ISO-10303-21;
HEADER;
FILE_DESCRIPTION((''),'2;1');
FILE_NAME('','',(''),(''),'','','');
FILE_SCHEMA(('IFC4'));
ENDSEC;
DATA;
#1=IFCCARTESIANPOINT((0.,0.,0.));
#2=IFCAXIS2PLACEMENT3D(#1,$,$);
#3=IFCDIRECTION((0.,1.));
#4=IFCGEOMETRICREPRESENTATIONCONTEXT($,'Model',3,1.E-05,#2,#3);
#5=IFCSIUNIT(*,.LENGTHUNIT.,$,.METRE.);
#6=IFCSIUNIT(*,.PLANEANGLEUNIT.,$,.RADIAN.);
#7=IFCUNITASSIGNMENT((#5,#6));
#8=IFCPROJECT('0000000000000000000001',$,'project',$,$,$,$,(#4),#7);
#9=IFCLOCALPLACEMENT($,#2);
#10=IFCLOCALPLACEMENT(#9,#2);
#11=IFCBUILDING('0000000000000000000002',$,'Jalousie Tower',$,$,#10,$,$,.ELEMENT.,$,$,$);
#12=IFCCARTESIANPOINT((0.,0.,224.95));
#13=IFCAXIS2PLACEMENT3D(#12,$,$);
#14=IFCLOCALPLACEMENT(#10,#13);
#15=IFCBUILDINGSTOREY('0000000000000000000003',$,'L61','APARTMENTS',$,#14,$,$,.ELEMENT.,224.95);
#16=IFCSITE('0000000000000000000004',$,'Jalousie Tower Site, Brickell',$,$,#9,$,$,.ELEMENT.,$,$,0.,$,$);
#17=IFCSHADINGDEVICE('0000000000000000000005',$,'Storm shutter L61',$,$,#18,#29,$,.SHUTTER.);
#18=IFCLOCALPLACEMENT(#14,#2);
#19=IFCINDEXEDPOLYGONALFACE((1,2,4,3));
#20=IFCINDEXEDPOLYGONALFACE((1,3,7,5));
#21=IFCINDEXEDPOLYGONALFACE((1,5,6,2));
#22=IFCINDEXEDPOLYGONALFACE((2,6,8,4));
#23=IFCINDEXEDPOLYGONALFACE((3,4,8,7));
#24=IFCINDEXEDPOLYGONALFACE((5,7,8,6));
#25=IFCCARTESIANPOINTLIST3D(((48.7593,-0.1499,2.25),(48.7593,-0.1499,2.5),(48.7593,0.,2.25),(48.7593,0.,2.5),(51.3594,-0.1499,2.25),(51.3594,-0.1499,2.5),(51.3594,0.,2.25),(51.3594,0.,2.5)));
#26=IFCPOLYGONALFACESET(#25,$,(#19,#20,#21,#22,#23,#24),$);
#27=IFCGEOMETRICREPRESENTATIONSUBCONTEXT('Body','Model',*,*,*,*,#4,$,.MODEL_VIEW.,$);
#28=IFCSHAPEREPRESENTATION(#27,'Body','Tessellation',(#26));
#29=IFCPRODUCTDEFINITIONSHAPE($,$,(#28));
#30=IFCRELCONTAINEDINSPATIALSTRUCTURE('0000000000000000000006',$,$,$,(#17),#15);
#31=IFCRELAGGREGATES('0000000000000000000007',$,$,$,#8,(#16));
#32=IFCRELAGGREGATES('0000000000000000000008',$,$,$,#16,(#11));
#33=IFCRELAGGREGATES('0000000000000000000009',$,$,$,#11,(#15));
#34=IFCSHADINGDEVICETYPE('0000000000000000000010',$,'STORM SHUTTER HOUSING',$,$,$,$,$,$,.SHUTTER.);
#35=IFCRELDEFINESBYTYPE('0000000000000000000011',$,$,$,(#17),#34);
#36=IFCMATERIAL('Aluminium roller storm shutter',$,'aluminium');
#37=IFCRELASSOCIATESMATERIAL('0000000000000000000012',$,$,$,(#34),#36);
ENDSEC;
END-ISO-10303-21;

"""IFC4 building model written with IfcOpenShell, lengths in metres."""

from ifc_helpers import new_model, si_unit, direction, frame, origin, origin_2d, place, context, subcontext, project, spatial, rectangle, extrude, material, type_object, element, save


model = new_model("IFC4")

# Units and contexts
model_context = context("Model", 3, precision=1e-05, world=origin(), true_north=direction((0.0, 1.0)))
body_context = subcontext(model_context, "Body", "Model", "MODEL_VIEW")
ifc_project = project(units=[si_unit("LENGTHUNIT", "METRE"), si_unit("PLANEANGLEUNIT", "RADIAN")], contexts=[model_context])

# Site, building, storey
site_placement = place(None, origin())
site = spatial("IfcSite", under=ifc_project, at=site_placement, Name="Jalousie Tower Site, Brickell", CompositionType="ELEMENT", RefElevation=0.0)
building_placement = place(site_placement, origin())
building = spatial("IfcBuilding", under=site, at=building_placement, Name="Jalousie Tower", CompositionType="ELEMENT")
storey_placement = place(building_placement, frame((0.0, 0.0, 224.95)))
storey = spatial("IfcBuildingStorey", under=building, at=storey_placement, Name="L61", Description="APARTMENTS", CompositionType="ELEMENT", Elevation=224.95)

# Shading device
ifc_material_1 = material(Name="Aluminium roller storm shutter", Category="aluminium")
shading_device_type = type_object("IfcShadingDeviceType", Name="STORM SHUTTER HOUSING", PredefinedType="SHUTTER", material=ifc_material_1)
shading_device_placement = place(storey_placement, frame((50.0593, -0.075, 2.25), z_axis=(0.0, 0.0, 1.0), x_axis=(1.0, 0.0, 0.0)))
element("IfcShadingDevice", 1, at=shading_device_placement, inside=storey, type_object=shading_device_type, Name="Storm shutter L61", PredefinedType="SHUTTER", context=body_context, shape_type="SweptSolid", body=[
    extrude(rectangle(XDim=2.6001, YDim=0.1499, at=origin_2d()), origin(), (0.0, 0.0, 1.0), 0.25),
])

save(model, "model.ifc")
